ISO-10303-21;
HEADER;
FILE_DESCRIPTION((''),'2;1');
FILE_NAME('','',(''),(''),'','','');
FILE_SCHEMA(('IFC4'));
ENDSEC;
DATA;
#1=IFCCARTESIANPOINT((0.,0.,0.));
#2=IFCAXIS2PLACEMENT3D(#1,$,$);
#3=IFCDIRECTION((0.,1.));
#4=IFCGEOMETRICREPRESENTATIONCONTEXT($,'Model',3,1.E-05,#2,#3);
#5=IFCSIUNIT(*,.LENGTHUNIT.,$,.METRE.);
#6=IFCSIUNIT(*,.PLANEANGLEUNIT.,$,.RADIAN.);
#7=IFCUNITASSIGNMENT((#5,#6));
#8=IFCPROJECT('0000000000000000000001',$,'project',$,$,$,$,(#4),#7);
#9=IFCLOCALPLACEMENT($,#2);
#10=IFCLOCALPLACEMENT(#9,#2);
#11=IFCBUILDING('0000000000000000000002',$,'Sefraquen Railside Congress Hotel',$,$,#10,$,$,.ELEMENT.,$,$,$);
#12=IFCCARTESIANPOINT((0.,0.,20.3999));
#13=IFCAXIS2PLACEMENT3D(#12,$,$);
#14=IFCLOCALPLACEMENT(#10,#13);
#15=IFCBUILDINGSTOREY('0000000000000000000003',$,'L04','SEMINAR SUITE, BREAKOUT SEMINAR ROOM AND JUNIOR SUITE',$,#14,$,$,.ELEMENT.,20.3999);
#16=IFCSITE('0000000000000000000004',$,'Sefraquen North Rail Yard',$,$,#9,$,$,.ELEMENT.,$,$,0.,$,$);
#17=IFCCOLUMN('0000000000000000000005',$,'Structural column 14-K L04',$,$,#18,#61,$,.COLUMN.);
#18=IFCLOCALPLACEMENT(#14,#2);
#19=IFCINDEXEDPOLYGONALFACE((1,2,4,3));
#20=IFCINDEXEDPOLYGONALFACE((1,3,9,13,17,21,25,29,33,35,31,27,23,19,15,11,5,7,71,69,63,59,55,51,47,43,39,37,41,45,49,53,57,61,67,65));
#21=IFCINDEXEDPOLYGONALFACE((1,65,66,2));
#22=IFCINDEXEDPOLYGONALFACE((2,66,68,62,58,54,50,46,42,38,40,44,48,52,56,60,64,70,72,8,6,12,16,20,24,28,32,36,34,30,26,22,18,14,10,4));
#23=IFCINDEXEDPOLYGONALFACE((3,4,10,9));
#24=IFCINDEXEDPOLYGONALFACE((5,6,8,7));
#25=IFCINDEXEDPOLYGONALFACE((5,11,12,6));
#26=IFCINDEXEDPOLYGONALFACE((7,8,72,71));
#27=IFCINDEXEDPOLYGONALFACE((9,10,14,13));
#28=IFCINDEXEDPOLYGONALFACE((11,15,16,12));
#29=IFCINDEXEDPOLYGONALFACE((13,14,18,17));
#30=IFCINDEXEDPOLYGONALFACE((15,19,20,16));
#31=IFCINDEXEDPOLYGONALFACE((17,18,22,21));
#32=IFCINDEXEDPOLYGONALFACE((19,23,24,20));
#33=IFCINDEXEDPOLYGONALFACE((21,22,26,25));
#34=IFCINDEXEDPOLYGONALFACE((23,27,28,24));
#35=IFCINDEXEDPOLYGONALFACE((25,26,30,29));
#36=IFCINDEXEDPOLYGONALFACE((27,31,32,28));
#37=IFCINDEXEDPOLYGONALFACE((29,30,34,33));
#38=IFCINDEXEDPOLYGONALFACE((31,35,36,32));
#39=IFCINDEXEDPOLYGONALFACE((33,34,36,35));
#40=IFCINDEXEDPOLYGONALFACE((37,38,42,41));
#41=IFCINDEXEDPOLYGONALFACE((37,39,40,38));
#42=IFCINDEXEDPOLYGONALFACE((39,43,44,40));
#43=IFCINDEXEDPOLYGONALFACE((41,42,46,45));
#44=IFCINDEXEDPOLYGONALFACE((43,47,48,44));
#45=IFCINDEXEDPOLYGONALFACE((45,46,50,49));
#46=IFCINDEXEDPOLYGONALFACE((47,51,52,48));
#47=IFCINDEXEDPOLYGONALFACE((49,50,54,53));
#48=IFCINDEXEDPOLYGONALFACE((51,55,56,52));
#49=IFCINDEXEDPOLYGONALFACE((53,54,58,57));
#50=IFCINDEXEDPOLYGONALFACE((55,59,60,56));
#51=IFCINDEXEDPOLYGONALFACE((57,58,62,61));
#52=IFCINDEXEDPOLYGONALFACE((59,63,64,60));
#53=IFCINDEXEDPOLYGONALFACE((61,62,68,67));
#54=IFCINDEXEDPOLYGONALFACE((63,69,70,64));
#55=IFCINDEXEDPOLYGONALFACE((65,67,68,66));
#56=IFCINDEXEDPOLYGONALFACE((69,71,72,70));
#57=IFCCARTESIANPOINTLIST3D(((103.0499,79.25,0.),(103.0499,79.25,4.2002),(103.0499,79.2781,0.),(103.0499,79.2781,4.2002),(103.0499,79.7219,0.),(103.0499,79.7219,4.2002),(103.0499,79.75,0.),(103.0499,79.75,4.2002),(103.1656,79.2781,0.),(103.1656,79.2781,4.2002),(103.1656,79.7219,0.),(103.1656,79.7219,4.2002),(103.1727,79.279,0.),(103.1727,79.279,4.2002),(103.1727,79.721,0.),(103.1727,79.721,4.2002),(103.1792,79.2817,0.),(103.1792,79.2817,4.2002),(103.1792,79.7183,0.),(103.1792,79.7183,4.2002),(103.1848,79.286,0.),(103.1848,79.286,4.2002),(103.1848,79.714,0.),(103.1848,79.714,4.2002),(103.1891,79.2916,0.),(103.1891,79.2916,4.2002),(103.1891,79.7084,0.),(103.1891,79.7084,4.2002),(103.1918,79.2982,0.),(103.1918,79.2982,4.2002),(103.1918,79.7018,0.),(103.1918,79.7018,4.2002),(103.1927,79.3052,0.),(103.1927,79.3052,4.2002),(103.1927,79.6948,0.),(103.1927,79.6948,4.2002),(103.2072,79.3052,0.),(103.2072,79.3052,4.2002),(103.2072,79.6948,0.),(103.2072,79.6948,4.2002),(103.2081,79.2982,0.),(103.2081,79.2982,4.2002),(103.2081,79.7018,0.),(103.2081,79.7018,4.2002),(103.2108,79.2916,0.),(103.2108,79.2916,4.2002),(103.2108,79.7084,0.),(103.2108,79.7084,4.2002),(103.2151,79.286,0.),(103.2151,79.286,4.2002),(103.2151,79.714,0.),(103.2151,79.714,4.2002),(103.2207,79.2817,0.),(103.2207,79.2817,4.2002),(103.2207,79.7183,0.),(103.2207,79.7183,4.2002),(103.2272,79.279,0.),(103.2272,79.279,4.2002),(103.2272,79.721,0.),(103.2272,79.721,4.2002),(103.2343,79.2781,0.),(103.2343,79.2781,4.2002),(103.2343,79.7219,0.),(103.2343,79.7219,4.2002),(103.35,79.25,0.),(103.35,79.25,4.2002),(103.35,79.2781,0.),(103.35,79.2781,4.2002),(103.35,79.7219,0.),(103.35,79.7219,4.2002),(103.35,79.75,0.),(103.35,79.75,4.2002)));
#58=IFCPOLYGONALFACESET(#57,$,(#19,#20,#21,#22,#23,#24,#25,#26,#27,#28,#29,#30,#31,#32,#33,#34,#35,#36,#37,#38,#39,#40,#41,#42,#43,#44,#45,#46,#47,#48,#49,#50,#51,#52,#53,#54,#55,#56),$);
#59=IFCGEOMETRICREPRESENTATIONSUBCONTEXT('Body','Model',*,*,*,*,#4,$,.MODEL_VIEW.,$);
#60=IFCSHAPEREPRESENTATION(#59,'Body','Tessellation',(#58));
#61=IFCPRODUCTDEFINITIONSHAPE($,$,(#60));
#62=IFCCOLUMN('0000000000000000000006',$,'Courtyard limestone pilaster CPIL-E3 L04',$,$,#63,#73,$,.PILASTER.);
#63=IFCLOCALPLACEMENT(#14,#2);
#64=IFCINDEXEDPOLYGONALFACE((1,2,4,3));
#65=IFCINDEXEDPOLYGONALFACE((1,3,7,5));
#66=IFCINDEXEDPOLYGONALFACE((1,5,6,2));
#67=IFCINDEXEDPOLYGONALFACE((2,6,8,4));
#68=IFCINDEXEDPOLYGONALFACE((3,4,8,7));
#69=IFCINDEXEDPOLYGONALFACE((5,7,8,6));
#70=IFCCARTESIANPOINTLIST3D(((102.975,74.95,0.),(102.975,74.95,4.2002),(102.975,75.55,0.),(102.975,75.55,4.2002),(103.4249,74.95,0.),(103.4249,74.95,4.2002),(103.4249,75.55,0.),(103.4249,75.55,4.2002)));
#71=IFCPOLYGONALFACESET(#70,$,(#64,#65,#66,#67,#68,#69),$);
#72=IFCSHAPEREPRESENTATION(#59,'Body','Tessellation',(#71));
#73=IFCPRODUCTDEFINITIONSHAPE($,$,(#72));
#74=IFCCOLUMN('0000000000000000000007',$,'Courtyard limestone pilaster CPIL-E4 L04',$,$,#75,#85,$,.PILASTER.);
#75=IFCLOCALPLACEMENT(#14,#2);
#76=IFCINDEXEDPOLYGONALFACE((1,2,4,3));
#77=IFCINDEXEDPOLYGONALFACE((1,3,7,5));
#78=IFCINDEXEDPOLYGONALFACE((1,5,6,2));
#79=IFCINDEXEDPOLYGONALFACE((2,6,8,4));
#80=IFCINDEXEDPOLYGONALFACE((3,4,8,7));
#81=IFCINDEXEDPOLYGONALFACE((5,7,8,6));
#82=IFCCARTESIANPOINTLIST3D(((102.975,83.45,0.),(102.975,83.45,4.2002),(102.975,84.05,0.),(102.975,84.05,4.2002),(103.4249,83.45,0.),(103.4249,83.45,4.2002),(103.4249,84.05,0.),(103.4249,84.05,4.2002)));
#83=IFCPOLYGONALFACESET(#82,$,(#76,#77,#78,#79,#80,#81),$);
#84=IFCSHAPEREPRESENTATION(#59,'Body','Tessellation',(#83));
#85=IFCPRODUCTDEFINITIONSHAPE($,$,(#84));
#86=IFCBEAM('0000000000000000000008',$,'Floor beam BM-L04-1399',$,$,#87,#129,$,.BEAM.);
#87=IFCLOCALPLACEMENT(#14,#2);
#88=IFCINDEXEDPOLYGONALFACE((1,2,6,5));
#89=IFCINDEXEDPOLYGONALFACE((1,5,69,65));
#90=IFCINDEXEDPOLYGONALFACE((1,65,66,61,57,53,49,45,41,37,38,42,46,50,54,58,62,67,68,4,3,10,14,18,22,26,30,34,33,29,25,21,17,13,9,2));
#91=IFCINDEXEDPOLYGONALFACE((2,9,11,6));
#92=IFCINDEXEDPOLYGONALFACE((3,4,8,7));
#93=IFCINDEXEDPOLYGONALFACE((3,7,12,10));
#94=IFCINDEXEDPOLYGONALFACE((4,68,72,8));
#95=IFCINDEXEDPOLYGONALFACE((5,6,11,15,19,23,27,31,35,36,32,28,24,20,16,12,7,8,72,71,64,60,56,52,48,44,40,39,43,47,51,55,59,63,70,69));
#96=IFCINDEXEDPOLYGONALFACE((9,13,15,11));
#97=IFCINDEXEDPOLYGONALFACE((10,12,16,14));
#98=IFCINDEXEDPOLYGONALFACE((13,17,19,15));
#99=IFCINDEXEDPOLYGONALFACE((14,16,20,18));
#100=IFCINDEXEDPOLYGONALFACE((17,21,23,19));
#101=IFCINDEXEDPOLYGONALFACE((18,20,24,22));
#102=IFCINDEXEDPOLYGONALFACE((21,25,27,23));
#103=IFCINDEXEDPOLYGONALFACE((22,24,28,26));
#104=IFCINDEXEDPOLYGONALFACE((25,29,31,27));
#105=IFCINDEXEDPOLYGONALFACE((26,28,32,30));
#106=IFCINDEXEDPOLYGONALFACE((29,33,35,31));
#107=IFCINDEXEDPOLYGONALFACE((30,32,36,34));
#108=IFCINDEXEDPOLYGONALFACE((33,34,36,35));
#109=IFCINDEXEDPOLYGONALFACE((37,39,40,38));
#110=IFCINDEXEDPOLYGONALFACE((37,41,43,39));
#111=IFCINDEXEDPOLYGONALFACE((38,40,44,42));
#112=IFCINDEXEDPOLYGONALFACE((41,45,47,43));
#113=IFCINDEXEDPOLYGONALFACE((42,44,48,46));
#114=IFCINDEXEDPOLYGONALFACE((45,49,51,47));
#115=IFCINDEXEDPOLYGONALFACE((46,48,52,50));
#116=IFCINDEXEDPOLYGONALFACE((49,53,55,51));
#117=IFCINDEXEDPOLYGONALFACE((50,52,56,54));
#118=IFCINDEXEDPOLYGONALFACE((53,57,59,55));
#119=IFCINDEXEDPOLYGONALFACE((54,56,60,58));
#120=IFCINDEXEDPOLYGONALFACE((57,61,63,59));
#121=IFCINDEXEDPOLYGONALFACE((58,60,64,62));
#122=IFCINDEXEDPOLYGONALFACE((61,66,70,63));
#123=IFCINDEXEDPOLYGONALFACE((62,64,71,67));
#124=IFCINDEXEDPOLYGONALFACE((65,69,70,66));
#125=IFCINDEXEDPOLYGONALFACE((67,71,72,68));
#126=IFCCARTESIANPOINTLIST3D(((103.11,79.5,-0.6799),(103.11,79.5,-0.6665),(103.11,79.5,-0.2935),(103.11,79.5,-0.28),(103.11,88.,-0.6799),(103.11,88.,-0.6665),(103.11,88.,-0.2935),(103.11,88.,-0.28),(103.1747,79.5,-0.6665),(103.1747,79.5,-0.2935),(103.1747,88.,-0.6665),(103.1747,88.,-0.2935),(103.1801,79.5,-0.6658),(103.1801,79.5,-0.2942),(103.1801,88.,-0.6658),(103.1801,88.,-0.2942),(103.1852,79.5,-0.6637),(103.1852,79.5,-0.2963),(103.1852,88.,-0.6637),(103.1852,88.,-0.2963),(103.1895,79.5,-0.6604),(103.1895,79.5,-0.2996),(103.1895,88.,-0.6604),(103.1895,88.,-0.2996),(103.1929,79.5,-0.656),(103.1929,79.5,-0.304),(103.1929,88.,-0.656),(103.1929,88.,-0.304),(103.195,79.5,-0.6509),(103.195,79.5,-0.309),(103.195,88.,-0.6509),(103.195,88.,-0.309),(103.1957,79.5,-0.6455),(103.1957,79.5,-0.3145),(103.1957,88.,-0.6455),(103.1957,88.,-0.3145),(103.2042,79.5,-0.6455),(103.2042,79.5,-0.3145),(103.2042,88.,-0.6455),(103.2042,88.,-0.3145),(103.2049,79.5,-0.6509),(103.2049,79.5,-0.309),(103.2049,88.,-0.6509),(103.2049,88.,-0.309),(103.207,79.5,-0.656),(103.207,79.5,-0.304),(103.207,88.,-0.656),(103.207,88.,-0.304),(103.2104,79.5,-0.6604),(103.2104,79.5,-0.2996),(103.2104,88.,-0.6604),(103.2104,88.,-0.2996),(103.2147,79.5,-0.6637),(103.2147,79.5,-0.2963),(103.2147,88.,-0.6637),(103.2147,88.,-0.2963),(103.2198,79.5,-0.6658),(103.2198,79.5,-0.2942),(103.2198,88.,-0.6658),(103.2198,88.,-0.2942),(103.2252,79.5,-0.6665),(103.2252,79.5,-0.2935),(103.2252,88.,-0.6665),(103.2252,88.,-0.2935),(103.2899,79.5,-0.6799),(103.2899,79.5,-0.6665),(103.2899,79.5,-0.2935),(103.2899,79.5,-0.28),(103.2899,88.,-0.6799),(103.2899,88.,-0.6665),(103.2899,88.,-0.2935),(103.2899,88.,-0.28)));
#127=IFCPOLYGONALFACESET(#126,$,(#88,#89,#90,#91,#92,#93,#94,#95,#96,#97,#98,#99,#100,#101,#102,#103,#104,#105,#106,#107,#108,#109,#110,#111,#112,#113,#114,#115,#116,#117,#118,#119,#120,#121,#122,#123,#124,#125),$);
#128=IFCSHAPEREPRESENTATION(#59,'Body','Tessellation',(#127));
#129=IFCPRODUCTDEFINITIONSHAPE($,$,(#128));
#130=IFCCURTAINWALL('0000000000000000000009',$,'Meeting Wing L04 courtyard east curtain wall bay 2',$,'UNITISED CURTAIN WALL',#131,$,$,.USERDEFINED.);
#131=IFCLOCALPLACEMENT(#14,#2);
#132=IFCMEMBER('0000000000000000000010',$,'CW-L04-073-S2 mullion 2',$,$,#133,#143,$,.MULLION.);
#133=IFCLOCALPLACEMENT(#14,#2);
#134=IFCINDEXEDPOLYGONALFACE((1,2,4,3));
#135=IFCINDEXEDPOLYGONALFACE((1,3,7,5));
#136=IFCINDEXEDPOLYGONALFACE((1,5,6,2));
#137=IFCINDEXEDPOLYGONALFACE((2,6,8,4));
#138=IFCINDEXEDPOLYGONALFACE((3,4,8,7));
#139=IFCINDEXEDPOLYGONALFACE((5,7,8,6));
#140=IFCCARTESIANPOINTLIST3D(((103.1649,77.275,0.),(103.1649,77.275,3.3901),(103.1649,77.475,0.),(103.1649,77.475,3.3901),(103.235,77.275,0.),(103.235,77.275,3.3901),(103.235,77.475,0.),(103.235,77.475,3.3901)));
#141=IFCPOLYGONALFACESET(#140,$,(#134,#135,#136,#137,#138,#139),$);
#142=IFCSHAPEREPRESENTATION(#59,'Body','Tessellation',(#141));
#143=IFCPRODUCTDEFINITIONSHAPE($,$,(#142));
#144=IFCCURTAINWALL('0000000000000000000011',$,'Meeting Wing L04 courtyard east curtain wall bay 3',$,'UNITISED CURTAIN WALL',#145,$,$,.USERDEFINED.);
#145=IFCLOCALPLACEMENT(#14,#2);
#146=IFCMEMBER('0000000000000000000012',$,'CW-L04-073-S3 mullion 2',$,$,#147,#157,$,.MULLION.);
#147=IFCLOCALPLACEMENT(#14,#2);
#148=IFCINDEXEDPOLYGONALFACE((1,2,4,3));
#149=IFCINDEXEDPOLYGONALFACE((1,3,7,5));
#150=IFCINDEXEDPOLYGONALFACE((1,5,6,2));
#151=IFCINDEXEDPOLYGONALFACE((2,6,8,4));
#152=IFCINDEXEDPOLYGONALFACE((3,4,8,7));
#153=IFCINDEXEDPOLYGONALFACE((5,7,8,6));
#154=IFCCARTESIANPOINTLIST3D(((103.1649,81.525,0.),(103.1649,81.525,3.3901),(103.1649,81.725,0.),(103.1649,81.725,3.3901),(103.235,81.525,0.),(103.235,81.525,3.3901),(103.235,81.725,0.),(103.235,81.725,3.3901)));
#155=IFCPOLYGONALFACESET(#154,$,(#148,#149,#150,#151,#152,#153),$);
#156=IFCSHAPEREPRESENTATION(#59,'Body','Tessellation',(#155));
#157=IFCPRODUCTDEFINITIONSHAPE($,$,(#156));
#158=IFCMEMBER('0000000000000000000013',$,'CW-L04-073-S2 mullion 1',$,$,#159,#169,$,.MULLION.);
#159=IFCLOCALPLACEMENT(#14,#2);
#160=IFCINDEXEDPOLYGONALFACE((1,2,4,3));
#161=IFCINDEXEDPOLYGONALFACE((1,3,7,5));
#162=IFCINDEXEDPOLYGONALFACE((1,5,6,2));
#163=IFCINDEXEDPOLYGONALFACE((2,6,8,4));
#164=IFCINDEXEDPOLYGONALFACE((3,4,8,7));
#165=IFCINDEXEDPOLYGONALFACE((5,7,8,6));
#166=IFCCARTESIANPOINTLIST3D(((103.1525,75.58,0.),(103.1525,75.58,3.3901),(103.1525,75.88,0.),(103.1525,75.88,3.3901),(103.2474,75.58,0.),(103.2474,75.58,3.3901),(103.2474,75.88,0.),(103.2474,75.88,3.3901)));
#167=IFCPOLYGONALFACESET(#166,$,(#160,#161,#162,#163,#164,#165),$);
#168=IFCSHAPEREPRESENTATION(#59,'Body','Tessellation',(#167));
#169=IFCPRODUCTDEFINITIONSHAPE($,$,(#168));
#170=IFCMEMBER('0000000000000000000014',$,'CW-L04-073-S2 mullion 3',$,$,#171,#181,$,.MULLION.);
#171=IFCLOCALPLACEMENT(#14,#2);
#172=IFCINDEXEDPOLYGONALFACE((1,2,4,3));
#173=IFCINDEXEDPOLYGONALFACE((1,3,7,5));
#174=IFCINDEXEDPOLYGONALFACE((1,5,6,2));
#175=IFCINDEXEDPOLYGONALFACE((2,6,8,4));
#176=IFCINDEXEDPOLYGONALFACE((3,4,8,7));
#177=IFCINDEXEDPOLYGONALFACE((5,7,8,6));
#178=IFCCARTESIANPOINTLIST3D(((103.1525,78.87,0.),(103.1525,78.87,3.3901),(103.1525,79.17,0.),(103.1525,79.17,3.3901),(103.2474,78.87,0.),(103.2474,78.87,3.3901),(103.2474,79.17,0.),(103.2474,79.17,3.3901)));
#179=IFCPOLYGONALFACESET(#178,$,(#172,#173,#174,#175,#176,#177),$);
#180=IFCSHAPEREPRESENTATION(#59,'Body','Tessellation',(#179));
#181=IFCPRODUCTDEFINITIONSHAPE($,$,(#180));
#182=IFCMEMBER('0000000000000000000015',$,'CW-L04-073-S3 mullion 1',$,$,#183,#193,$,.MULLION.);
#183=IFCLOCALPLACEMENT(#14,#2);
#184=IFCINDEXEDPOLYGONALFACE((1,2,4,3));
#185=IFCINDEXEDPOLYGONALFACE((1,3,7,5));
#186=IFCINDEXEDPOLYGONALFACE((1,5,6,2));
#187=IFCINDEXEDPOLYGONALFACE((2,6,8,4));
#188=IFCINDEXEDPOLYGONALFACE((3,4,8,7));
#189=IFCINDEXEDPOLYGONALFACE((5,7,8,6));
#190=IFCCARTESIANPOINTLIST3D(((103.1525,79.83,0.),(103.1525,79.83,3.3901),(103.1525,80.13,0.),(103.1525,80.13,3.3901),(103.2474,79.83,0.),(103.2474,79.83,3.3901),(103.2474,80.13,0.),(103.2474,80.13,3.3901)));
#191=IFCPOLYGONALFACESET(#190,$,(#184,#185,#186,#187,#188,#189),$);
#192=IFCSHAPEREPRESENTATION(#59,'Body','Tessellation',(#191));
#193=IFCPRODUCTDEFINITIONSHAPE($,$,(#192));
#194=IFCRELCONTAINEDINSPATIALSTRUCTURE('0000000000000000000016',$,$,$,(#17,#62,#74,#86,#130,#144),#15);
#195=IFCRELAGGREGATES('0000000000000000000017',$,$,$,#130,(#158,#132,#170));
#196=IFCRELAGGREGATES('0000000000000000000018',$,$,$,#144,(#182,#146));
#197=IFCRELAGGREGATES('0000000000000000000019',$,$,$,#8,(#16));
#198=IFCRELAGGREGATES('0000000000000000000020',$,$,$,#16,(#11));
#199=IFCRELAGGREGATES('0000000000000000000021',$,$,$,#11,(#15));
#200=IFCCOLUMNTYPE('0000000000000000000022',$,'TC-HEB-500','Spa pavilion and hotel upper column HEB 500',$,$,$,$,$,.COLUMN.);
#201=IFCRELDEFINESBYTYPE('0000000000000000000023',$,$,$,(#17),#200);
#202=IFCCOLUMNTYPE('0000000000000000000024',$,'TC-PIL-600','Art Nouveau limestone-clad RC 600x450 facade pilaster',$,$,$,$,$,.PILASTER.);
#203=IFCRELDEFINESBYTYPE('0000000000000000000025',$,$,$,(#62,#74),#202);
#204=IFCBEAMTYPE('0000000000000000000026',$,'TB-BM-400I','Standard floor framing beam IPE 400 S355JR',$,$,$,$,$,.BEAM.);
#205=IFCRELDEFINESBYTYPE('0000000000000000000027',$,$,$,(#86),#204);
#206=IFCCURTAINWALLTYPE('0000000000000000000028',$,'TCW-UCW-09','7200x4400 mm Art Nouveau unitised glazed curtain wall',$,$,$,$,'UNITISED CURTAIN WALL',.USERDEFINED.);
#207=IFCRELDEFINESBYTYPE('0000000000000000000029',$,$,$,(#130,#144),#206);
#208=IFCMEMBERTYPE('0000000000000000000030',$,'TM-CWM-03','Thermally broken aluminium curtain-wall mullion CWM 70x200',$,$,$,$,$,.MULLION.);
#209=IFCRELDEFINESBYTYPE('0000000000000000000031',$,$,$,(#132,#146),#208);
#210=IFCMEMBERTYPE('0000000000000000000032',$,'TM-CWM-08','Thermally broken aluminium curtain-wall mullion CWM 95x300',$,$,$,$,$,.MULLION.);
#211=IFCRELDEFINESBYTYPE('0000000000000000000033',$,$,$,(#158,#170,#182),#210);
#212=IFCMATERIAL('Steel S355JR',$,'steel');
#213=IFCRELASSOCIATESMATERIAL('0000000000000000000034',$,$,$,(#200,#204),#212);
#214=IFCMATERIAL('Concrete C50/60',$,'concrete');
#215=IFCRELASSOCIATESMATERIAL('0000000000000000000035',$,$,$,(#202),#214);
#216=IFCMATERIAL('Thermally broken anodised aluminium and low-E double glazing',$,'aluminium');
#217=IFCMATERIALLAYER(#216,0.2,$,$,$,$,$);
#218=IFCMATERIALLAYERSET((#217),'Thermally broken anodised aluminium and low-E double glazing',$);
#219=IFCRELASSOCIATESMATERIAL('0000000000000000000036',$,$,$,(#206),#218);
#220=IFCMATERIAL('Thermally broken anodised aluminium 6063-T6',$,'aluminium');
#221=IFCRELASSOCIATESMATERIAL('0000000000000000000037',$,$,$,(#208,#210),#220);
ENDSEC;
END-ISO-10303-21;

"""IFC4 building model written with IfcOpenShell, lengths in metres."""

from ifc_helpers import new_model, si_unit, direction, frame, origin, origin_2d, place, context, subcontext, project, spatial, rectangle, i_section, extrude, material, layer, layer_set, material_profile, profile_set, type_object, element, aggregate, save


model = new_model("IFC4")

# Units and contexts
model_context = context("Model", 3, precision=1e-05, world=origin(), true_north=direction((0.0, 1.0)))
body_context = subcontext(model_context, "Body", "Model", "MODEL_VIEW")
ifc_project = project(units=[si_unit("LENGTHUNIT", "METRE"), si_unit("PLANEANGLEUNIT", "RADIAN")], contexts=[model_context])

# Site, building, storey
site_placement = place(None, origin())
site = spatial("IfcSite", under=ifc_project, at=site_placement, Name="Sefraquen North Rail Yard", CompositionType="ELEMENT", RefElevation=0.0)
building_placement = place(site_placement, origin())
building = spatial("IfcBuilding", under=site, at=building_placement, Name="Sefraquen Railside Congress Hotel", CompositionType="ELEMENT")
storey_placement = place(building_placement, frame((0.0, 0.0, 20.3999)))
storey = spatial("IfcBuildingStorey", under=building, at=storey_placement, Name="L04", Description="SEMINAR SUITE, BREAKOUT SEMINAR ROOM AND JUNIOR SUITE", CompositionType="ELEMENT", Elevation=20.3999)

# Columns
ifc_material_1 = material(Name="Steel S355JR", Category="steel")
ifc_material_profile_1 = material_profile(ifc_material_1, i_section(OverallWidth=0.3, OverallDepth=0.5, WebThickness=0.0144, FlangeThickness=0.0281, FilletRadius=0.0271, at=origin_2d()), Name="HEB 500")
ifc_profile_set_1 = profile_set([ifc_material_profile_1], Name="Steel S355JR")
column_type_1 = type_object("IfcColumnType", Name="TC-HEB-500", Description="Spa pavilion and hotel upper column HEB 500", PredefinedType="COLUMN", material=ifc_profile_set_1)
column_placement = place(storey_placement, frame((103.2, 79.5, 0.0), z_axis=(0.0, 0.0, 1.0), x_axis=(1.0, 0.0, 0.0)))
element("IfcColumn", 1, at=column_placement, inside=storey, type_object=column_type_1, Name="Structural column 14-K L04", PredefinedType="COLUMN", context=body_context, shape_type="SweptSolid", body=[
    extrude(i_section(OverallWidth=0.3, OverallDepth=0.5, WebThickness=0.0144, FlangeThickness=0.0281, FilletRadius=0.0271, at=origin_2d()), origin(), (0.0, 0.0, 1.0), 4.2002),
])
ifc_material_2 = material(Name="Concrete C50/60", Category="concrete")
ifc_material_profile_2 = material_profile(ifc_material_2, rectangle(XDim=0.45, YDim=0.6001, at=origin_2d()), Name="RC 600x450")
ifc_profile_set_2 = profile_set([ifc_material_profile_2], Name="Concrete C50/60")
column_type_2 = type_object("IfcColumnType", Name="TC-PIL-600", Description="Art Nouveau limestone-clad RC 600x450 facade pilaster", PredefinedType="PILASTER", material=ifc_profile_set_2)
for number, where, z_axis, x_axis, name in (
    (2, (103.2, 75.25, 0.0), (0.0, 0.0, 1.0), (1.0, 0.0, 0.0), "Courtyard limestone pilaster CPIL-E3 L04"),
    (3, (103.2, 83.75, 0.0), (0.0, 0.0, 1.0), (1.0, 0.0, 0.0), "Courtyard limestone pilaster CPIL-E4 L04"),
):
    element("IfcColumn", number, at=place(storey_placement, frame(where, z_axis=z_axis, x_axis=x_axis)), inside=storey, type_object=column_type_2, Name=name, PredefinedType="PILASTER", context=body_context, shape_type="SweptSolid", body=[
        extrude(rectangle(XDim=0.45, YDim=0.6001, at=origin_2d()), origin(), (0.0, 0.0, 1.0), 4.2002),
    ])

# Beam
ifc_material_profile_3 = material_profile(ifc_material_1, i_section(OverallWidth=0.1799, OverallDepth=0.3999, WebThickness=0.0085, FlangeThickness=0.0134, FilletRadius=0.021, at=origin_2d()), Name="IPE 400")
ifc_profile_set_3 = profile_set([ifc_material_profile_3], Name="Steel S355JR")
beam_type = type_object("IfcBeamType", Name="TB-BM-400I", Description="Standard floor framing beam IPE 400 S355JR", PredefinedType="BEAM", material=ifc_profile_set_3)
beam_placement = place(storey_placement, frame((103.2, 79.5, -0.48), z_axis=(0.0, 1.0, 0.0), x_axis=(-1.0, 0.0, 0.0)))
element("IfcBeam", 4, at=beam_placement, inside=storey, type_object=beam_type, Name="Floor beam BM-L04-1399", PredefinedType="BEAM", context=body_context, shape_type="SweptSolid", body=[
    extrude(i_section(OverallWidth=0.1799, OverallDepth=0.3999, WebThickness=0.0085, FlangeThickness=0.0134, FilletRadius=0.021, at=origin_2d()), origin(), (0.0, 0.0, 1.0), 8.5),
])

# Curtain walls, members
ifc_material_3 = material(Name="Thermally broken anodised aluminium and low-E double glazing", Category="aluminium")
ifc_layer_1 = layer(ifc_material_3, 0.2)
ifc_layer_set_1 = layer_set([ifc_layer_1], Name="Thermally broken anodised aluminium and low-E double glazing")
curtain_wall_type_1 = type_object("IfcCurtainWallType", Name="TCW-UCW-09", Description="7200x4400 mm Art Nouveau unitised glazed curtain wall", ElementType="UNITISED CURTAIN WALL", PredefinedType="USERDEFINED", material=ifc_layer_set_1)
curtain_wall_1_placement = place(storey_placement, origin())
curtain_wall_1 = element("IfcCurtainWall", 5, at=curtain_wall_1_placement, inside=storey, type_object=curtain_wall_type_1, Name="Meeting Wing L04 courtyard east curtain wall bay 2", ObjectType="UNITISED CURTAIN WALL", PredefinedType="USERDEFINED")
ifc_material_4 = material(Name="Thermally broken anodised aluminium 6063-T6", Category="aluminium")
ifc_material_profile_4 = material_profile(ifc_material_4, rectangle(XDim=0.0701, YDim=0.2, at=origin_2d()), Name="CWM 70x200")
ifc_profile_set_4 = profile_set([ifc_material_profile_4], Name="Thermally broken anodised aluminium 6063-T6")
member_type_1 = type_object("IfcMemberType", Name="TM-CWM-03", Description="Thermally broken aluminium curtain-wall mullion CWM 70x200", PredefinedType="MULLION", material=ifc_profile_set_4)
member_1_placement = place(storey_placement, frame((103.2, 77.375, 0.0), z_axis=(0.0, 0.0, 1.0), x_axis=(1.0, 0.0, 0.0)))
member_1 = element("IfcMember", 6, at=member_1_placement, type_object=member_type_1, Name="CW-L04-073-S2 mullion 2", PredefinedType="MULLION", context=body_context, shape_type="SweptSolid", body=[
    extrude(rectangle(XDim=0.0701, YDim=0.2, at=origin_2d()), origin(), (0.0, 0.0, 1.0), 3.3901),
])
curtain_wall_2_placement = place(storey_placement, origin())
curtain_wall_2 = element("IfcCurtainWall", 7, at=curtain_wall_2_placement, inside=storey, type_object=curtain_wall_type_1, Name="Meeting Wing L04 courtyard east curtain wall bay 3", ObjectType="UNITISED CURTAIN WALL", PredefinedType="USERDEFINED")
member_2_placement = place(storey_placement, frame((103.2, 81.625, 0.0), z_axis=(0.0, 0.0, 1.0), x_axis=(1.0, 0.0, 0.0)))
member_2 = element("IfcMember", 8, at=member_2_placement, type_object=member_type_1, Name="CW-L04-073-S3 mullion 2", PredefinedType="MULLION", context=body_context, shape_type="SweptSolid", body=[
    extrude(rectangle(XDim=0.0701, YDim=0.2, at=origin_2d()), origin(), (0.0, 0.0, 1.0), 3.3901),
])

# Members
ifc_material_profile_5 = material_profile(ifc_material_4, rectangle(XDim=0.095, YDim=0.3, at=origin_2d()), Name="CWM 95x300")
ifc_profile_set_5 = profile_set([ifc_material_profile_5], Name="Thermally broken anodised aluminium 6063-T6")
member_type_2 = type_object("IfcMemberType", Name="TM-CWM-08", Description="Thermally broken aluminium curtain-wall mullion CWM 95x300", PredefinedType="MULLION", material=ifc_profile_set_5)
member_3_placement = place(storey_placement, frame((103.2, 75.73, 0.0), z_axis=(0.0, 0.0, 1.0), x_axis=(1.0, 0.0, 0.0)))
member_3 = element("IfcMember", 9, at=member_3_placement, type_object=member_type_2, Name="CW-L04-073-S2 mullion 1", PredefinedType="MULLION", context=body_context, shape_type="SweptSolid", body=[
    extrude(rectangle(XDim=0.095, YDim=0.3, at=origin_2d()), origin(), (0.0, 0.0, 1.0), 3.3901),
])
member_4_placement = place(storey_placement, frame((103.2, 79.02, 0.0), z_axis=(0.0, 0.0, 1.0), x_axis=(1.0, 0.0, 0.0)))
member_4 = element("IfcMember", 10, at=member_4_placement, type_object=member_type_2, Name="CW-L04-073-S2 mullion 3", PredefinedType="MULLION", context=body_context, shape_type="SweptSolid", body=[
    extrude(rectangle(XDim=0.095, YDim=0.3, at=origin_2d()), origin(), (0.0, 0.0, 1.0), 3.3901),
])
member_5_placement = place(storey_placement, frame((103.2, 79.98, 0.0), z_axis=(0.0, 0.0, 1.0), x_axis=(1.0, 0.0, 0.0)))
member_5 = element("IfcMember", 11, at=member_5_placement, type_object=member_type_2, Name="CW-L04-073-S3 mullion 1", PredefinedType="MULLION", context=body_context, shape_type="SweptSolid", body=[
    extrude(rectangle(XDim=0.095, YDim=0.3, at=origin_2d()), origin(), (0.0, 0.0, 1.0), 3.3901),
])

aggregate(curtain_wall_1, [member_3, member_1, member_4])
aggregate(curtain_wall_2, [member_5, member_2])

save(model, "model.ifc")
